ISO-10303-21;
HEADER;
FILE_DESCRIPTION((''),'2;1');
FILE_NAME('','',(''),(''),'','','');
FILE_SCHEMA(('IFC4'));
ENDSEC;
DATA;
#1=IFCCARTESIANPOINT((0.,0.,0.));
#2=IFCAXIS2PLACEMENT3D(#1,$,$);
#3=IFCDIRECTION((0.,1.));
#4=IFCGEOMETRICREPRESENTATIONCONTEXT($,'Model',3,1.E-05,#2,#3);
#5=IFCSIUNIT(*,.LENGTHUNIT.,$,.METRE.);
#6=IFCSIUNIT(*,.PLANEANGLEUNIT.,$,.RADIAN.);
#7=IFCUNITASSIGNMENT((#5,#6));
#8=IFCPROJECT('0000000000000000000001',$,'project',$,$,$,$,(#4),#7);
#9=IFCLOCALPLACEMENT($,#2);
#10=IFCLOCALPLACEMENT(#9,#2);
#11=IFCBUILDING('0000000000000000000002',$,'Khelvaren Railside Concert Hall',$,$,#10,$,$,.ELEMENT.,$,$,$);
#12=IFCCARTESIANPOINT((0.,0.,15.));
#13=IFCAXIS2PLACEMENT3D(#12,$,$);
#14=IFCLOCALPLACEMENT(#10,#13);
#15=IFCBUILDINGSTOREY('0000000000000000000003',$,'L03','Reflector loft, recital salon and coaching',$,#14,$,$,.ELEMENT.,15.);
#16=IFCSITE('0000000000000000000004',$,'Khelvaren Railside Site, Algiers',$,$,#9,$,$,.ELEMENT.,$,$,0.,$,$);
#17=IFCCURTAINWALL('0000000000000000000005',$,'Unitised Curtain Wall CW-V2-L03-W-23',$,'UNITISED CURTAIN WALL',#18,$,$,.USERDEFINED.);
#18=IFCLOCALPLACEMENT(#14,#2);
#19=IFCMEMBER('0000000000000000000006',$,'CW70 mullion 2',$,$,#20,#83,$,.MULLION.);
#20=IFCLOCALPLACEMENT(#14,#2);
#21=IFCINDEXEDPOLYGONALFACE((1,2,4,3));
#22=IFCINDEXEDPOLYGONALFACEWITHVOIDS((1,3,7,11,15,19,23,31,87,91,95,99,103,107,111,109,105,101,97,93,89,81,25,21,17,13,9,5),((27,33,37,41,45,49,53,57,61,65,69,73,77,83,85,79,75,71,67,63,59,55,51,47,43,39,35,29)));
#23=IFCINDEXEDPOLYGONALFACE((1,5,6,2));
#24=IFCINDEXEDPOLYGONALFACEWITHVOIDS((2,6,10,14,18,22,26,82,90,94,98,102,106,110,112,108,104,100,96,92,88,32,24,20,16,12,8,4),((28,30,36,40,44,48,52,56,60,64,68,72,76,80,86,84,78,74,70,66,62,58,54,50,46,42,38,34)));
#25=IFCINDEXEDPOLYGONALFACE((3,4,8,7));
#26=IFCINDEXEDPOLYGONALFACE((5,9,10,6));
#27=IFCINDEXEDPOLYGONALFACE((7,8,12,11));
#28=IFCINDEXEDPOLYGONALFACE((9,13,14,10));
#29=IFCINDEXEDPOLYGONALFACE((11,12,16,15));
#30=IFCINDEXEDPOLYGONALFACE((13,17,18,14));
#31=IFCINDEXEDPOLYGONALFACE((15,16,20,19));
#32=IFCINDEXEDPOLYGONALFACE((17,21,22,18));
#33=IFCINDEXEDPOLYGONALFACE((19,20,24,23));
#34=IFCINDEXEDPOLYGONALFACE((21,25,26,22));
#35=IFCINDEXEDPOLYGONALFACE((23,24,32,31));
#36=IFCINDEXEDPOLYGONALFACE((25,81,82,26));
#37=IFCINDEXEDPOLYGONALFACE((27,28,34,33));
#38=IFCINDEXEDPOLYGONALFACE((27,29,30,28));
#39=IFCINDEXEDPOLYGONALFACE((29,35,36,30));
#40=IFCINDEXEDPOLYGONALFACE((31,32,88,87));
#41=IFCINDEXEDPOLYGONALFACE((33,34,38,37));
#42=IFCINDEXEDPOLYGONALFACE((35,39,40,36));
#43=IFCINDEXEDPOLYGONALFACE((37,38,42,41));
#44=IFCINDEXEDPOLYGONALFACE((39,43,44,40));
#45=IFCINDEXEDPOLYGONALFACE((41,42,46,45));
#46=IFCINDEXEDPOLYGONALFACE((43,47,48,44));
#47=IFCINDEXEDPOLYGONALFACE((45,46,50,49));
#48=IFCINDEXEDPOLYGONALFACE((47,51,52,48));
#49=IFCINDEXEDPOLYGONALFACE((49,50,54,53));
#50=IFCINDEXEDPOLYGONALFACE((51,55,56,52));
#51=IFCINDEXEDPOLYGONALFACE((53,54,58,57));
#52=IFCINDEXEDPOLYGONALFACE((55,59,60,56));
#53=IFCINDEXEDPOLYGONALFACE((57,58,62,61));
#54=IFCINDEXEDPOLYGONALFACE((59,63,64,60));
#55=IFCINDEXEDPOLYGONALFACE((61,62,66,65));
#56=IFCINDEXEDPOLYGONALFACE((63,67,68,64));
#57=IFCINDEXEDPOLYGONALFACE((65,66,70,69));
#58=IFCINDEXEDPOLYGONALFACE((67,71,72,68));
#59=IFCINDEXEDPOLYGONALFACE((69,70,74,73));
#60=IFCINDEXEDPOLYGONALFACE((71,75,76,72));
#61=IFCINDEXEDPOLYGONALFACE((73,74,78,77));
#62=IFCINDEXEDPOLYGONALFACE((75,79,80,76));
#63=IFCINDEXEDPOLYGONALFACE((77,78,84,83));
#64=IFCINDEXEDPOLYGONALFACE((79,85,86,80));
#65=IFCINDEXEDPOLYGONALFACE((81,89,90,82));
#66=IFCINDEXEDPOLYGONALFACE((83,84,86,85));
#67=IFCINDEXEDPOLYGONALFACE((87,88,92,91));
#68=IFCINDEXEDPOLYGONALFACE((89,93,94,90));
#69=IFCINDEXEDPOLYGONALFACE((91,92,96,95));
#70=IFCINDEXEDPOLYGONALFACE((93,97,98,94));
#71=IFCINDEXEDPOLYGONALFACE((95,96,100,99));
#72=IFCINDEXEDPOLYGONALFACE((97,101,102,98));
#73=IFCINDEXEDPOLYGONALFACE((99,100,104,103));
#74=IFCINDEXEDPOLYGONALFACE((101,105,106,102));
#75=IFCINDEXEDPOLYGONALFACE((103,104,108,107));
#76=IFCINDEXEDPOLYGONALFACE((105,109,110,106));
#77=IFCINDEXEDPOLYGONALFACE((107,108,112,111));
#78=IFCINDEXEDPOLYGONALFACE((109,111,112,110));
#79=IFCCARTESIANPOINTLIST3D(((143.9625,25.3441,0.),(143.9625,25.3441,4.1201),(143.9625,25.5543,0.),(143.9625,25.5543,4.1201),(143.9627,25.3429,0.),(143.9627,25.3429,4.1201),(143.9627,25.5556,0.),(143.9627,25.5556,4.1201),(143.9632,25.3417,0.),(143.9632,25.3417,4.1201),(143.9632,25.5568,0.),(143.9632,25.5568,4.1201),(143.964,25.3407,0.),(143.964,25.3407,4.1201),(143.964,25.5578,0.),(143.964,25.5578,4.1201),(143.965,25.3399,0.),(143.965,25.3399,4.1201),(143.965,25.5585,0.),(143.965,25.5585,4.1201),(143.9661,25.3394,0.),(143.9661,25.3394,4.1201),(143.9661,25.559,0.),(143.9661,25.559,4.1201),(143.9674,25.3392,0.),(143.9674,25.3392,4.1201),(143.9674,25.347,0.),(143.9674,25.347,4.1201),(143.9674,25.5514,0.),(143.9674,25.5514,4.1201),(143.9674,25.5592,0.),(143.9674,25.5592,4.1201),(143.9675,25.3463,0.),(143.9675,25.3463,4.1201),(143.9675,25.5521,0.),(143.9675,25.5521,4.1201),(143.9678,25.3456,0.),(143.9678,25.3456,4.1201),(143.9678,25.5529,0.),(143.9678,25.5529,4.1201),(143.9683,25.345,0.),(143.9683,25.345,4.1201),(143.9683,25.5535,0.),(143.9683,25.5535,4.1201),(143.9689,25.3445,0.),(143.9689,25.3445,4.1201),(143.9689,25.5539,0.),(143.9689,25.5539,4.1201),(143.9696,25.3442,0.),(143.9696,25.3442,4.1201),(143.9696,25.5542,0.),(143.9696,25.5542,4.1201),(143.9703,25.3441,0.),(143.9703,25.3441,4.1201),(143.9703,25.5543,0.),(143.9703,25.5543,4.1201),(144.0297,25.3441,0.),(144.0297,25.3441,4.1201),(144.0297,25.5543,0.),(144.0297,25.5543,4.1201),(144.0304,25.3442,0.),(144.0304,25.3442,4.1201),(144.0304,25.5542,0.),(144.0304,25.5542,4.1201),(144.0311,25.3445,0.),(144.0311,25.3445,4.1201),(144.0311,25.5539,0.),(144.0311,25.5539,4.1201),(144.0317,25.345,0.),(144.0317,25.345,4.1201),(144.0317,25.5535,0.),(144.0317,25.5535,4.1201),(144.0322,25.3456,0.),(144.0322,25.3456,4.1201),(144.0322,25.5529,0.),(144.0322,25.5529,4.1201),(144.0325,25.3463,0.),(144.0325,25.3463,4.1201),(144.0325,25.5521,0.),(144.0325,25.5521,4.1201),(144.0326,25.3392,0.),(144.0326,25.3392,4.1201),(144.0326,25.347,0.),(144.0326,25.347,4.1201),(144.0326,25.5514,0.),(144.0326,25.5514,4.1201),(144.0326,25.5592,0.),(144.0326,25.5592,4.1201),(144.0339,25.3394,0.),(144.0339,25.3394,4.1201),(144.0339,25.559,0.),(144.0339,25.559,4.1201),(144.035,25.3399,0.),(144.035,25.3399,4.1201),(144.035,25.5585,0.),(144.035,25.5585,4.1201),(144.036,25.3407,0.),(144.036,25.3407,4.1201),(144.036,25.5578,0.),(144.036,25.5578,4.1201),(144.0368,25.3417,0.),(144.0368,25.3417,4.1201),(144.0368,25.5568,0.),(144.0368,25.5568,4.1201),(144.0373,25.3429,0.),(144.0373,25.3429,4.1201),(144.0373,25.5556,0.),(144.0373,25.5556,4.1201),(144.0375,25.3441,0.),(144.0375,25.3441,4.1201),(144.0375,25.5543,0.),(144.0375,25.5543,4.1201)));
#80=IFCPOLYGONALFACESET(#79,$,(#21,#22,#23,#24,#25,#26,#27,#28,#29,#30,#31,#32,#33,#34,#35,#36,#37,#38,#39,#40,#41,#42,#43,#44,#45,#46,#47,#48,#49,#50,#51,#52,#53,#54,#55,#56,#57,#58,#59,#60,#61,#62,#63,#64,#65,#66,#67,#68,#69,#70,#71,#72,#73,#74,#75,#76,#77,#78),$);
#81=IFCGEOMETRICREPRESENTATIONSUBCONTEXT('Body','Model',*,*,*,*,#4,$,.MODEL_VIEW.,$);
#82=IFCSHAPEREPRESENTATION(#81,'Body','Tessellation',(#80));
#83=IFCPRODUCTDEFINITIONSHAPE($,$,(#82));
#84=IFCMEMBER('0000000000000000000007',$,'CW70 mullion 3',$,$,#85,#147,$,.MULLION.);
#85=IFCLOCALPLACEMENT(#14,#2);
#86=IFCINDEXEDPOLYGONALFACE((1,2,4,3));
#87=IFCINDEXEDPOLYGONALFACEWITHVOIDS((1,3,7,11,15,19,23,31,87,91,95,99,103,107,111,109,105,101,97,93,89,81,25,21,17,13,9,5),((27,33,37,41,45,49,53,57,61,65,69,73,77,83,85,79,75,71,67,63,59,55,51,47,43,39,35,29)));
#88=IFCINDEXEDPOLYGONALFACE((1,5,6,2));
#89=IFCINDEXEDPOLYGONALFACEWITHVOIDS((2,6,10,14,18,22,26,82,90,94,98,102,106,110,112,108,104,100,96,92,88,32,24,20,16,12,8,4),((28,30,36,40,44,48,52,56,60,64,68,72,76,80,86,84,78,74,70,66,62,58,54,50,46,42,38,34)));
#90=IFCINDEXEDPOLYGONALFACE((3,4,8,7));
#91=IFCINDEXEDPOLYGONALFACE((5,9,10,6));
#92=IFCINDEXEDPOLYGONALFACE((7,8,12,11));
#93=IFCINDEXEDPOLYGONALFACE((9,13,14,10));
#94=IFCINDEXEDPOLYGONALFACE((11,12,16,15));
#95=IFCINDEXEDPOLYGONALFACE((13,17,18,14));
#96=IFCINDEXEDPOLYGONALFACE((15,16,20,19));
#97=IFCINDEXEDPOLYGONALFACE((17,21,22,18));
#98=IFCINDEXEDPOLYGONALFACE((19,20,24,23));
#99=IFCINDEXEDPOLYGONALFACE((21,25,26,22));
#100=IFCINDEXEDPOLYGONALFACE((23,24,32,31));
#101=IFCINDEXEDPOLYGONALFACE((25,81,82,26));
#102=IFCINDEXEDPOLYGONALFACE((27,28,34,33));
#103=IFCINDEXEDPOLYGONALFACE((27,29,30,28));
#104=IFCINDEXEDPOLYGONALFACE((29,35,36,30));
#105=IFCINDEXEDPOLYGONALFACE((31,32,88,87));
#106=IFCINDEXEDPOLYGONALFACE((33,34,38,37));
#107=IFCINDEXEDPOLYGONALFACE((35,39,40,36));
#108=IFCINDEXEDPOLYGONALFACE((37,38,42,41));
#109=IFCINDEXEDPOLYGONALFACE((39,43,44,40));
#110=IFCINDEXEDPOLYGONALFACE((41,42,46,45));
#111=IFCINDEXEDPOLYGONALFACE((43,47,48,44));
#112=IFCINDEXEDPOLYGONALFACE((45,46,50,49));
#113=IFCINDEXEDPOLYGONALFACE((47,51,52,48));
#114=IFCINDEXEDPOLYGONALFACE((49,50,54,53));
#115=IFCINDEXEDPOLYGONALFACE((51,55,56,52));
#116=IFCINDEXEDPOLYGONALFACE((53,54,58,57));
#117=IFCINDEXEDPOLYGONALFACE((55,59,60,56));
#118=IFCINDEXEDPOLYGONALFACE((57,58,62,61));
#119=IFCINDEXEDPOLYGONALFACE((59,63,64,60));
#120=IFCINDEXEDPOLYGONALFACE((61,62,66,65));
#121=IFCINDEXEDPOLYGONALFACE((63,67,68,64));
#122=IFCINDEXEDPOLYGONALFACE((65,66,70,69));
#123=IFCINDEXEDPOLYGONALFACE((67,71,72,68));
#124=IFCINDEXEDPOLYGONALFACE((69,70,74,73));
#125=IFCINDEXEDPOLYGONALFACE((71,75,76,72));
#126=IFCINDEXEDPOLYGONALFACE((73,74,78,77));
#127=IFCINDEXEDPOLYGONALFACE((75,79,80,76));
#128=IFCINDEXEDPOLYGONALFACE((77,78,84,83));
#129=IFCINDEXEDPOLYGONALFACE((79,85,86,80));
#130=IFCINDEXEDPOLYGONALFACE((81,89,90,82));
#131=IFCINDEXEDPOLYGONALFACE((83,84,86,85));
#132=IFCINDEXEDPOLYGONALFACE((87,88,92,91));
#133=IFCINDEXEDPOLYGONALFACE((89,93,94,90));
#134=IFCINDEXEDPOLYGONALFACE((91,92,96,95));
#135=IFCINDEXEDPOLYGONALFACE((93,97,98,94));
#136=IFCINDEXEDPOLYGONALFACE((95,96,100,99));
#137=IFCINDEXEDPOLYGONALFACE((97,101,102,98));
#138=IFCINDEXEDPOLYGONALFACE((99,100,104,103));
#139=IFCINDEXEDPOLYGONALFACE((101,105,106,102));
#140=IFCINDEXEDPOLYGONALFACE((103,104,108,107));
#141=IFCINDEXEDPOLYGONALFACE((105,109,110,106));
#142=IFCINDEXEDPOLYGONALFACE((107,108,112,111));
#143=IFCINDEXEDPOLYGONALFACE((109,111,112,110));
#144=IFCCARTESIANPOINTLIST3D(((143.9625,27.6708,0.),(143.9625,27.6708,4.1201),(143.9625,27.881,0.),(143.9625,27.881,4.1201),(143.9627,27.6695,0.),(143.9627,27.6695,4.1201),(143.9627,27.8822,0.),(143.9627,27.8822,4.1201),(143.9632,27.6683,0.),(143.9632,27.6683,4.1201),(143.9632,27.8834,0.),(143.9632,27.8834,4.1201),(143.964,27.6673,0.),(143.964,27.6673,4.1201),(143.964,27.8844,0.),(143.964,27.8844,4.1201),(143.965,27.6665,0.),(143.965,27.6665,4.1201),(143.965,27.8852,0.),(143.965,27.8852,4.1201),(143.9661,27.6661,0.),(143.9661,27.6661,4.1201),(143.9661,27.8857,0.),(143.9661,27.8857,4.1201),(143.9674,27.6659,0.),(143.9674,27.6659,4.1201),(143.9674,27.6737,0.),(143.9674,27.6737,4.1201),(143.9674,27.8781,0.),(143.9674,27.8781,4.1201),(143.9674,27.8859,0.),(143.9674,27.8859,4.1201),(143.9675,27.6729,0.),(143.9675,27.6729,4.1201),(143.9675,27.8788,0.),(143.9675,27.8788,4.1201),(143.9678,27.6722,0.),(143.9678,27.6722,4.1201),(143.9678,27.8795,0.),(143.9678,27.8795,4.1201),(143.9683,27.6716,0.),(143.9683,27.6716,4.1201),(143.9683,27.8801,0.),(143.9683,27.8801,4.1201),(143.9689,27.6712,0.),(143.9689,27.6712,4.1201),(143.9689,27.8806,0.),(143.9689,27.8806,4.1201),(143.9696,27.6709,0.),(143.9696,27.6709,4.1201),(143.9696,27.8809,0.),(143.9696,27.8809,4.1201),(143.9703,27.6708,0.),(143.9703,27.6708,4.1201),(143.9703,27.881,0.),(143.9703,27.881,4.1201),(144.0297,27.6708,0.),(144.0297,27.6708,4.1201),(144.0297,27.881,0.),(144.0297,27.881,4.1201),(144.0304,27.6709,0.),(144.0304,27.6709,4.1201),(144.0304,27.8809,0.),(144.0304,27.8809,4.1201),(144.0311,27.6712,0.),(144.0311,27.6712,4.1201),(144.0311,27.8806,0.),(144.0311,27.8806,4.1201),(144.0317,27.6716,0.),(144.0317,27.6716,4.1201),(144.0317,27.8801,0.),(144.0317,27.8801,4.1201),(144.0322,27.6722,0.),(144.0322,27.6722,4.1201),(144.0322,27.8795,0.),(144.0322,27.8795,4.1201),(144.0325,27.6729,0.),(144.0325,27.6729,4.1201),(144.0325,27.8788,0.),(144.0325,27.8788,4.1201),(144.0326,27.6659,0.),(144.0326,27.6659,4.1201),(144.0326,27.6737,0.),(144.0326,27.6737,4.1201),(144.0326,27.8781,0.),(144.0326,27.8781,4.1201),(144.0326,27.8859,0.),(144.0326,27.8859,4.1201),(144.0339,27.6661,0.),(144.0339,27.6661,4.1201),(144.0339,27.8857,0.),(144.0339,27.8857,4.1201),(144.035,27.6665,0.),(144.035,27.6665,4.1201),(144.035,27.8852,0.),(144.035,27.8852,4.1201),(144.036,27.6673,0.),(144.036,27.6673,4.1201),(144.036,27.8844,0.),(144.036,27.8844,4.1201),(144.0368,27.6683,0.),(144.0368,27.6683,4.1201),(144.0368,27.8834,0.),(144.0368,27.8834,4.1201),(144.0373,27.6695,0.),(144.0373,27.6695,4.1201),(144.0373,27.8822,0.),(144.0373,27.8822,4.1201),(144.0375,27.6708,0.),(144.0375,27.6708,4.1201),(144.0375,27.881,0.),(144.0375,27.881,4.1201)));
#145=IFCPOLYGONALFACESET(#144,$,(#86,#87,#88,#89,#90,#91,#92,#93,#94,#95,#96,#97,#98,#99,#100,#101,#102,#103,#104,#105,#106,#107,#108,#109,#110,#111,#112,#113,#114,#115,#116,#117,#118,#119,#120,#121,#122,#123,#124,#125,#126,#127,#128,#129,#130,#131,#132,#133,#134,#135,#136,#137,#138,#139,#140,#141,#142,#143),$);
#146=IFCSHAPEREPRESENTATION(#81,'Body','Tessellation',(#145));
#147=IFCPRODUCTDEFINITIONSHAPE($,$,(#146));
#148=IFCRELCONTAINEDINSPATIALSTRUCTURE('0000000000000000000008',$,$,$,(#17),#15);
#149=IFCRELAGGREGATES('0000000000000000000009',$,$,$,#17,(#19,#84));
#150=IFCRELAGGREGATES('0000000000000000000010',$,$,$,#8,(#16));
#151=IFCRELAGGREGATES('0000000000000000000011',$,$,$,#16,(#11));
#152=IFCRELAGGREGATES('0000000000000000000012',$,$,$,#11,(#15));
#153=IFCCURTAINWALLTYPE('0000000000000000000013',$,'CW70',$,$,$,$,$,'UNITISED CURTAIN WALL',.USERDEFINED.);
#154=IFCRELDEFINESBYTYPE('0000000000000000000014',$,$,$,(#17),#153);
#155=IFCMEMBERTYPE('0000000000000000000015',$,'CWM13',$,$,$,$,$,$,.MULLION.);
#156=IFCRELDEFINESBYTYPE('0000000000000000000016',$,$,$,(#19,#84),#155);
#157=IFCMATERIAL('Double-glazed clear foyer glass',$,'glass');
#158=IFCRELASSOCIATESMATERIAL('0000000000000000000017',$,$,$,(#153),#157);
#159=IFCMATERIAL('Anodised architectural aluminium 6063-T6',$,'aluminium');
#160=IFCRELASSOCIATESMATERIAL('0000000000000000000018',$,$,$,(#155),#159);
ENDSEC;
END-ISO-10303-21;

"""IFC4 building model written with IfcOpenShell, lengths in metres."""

from ifc_helpers import new_model, si_unit, direction, frame, origin, origin_2d, place, context, subcontext, project, spatial, hollow_rectangle, extrude, material, material_profile, profile_set, type_object, element, aggregate, save


model = new_model("IFC4")

# Units and contexts
model_context = context("Model", 3, precision=1e-05, world=origin(), true_north=direction((0.0, 1.0)))
body_context = subcontext(model_context, "Body", "Model", "MODEL_VIEW")
ifc_project = project(units=[si_unit("LENGTHUNIT", "METRE"), si_unit("PLANEANGLEUNIT", "RADIAN")], contexts=[model_context])

# Site, building, storey
site_placement = place(None, origin())
site = spatial("IfcSite", under=ifc_project, at=site_placement, Name="Khelvaren Railside Site, Algiers", CompositionType="ELEMENT", RefElevation=0.0)
building_placement = place(site_placement, origin())
building = spatial("IfcBuilding", under=site, at=building_placement, Name="Khelvaren Railside Concert Hall", CompositionType="ELEMENT")
storey_placement = place(building_placement, frame((0.0, 0.0, 15.0)))
storey = spatial("IfcBuildingStorey", under=building, at=storey_placement, Name="L03", Description="Reflector loft, recital salon and coaching", CompositionType="ELEMENT", Elevation=15.0)

# Curtain wall, members
ifc_material_1 = material(Name="Double-glazed clear foyer glass", Category="glass")
curtain_wall_type = type_object("IfcCurtainWallType", Name="CW70", ElementType="UNITISED CURTAIN WALL", PredefinedType="USERDEFINED", material=ifc_material_1)
curtain_wall_placement = place(storey_placement, origin())
curtain_wall = element("IfcCurtainWall", 1, at=curtain_wall_placement, inside=storey, type_object=curtain_wall_type, Name="Unitised Curtain Wall CW-V2-L03-W-23", ObjectType="UNITISED CURTAIN WALL", PredefinedType="USERDEFINED")
ifc_material_2 = material(Name="Anodised architectural aluminium 6063-T6", Category="aluminium")
ifc_material_profile_1 = material_profile(ifc_material_2, hollow_rectangle(XDim=0.075, YDim=0.22, WallThickness=0.0049, InnerFilletRadius=0.0029, OuterFilletRadius=0.0049, at=origin_2d()), Name="CWM 75x220x5")
ifc_profile_set_1 = profile_set([ifc_material_profile_1], Name="Anodised architectural aluminium 6063-T6")
member_type_1 = type_object("IfcMemberType", Name="CWM13", PredefinedType="MULLION", material=ifc_profile_set_1)
member_1_placement = place(storey_placement, frame((144.0, 25.4492, 0.0), z_axis=(0.0, 0.0, 1.0), x_axis=(-1.0, 0.0, 0.0)))
member_1 = element("IfcMember", 2, at=member_1_placement, type_object=member_type_1, Name="CW70 mullion 2", PredefinedType="MULLION", context=body_context, shape_type="SweptSolid", body=[
    extrude(hollow_rectangle(XDim=0.075, YDim=0.22, WallThickness=0.0049, InnerFilletRadius=0.0029, OuterFilletRadius=0.0049, at=origin_2d()), origin(), (0.0, 0.0, 1.0), 4.1201),
])
member_2_placement = place(storey_placement, frame((144.0, 27.7759, 0.0), z_axis=(0.0, 0.0, 1.0), x_axis=(-1.0, 0.0, 0.0)))
member_2 = element("IfcMember", 3, at=member_2_placement, type_object=member_type_1, Name="CW70 mullion 3", PredefinedType="MULLION", context=body_context, shape_type="SweptSolid", body=[
    extrude(hollow_rectangle(XDim=0.075, YDim=0.22, WallThickness=0.0049, InnerFilletRadius=0.0029, OuterFilletRadius=0.0049, at=origin_2d()), origin(), (0.0, 0.0, 1.0), 4.1201),
])

aggregate(curtain_wall, [member_1, member_2])

save(model, "model.ifc")
